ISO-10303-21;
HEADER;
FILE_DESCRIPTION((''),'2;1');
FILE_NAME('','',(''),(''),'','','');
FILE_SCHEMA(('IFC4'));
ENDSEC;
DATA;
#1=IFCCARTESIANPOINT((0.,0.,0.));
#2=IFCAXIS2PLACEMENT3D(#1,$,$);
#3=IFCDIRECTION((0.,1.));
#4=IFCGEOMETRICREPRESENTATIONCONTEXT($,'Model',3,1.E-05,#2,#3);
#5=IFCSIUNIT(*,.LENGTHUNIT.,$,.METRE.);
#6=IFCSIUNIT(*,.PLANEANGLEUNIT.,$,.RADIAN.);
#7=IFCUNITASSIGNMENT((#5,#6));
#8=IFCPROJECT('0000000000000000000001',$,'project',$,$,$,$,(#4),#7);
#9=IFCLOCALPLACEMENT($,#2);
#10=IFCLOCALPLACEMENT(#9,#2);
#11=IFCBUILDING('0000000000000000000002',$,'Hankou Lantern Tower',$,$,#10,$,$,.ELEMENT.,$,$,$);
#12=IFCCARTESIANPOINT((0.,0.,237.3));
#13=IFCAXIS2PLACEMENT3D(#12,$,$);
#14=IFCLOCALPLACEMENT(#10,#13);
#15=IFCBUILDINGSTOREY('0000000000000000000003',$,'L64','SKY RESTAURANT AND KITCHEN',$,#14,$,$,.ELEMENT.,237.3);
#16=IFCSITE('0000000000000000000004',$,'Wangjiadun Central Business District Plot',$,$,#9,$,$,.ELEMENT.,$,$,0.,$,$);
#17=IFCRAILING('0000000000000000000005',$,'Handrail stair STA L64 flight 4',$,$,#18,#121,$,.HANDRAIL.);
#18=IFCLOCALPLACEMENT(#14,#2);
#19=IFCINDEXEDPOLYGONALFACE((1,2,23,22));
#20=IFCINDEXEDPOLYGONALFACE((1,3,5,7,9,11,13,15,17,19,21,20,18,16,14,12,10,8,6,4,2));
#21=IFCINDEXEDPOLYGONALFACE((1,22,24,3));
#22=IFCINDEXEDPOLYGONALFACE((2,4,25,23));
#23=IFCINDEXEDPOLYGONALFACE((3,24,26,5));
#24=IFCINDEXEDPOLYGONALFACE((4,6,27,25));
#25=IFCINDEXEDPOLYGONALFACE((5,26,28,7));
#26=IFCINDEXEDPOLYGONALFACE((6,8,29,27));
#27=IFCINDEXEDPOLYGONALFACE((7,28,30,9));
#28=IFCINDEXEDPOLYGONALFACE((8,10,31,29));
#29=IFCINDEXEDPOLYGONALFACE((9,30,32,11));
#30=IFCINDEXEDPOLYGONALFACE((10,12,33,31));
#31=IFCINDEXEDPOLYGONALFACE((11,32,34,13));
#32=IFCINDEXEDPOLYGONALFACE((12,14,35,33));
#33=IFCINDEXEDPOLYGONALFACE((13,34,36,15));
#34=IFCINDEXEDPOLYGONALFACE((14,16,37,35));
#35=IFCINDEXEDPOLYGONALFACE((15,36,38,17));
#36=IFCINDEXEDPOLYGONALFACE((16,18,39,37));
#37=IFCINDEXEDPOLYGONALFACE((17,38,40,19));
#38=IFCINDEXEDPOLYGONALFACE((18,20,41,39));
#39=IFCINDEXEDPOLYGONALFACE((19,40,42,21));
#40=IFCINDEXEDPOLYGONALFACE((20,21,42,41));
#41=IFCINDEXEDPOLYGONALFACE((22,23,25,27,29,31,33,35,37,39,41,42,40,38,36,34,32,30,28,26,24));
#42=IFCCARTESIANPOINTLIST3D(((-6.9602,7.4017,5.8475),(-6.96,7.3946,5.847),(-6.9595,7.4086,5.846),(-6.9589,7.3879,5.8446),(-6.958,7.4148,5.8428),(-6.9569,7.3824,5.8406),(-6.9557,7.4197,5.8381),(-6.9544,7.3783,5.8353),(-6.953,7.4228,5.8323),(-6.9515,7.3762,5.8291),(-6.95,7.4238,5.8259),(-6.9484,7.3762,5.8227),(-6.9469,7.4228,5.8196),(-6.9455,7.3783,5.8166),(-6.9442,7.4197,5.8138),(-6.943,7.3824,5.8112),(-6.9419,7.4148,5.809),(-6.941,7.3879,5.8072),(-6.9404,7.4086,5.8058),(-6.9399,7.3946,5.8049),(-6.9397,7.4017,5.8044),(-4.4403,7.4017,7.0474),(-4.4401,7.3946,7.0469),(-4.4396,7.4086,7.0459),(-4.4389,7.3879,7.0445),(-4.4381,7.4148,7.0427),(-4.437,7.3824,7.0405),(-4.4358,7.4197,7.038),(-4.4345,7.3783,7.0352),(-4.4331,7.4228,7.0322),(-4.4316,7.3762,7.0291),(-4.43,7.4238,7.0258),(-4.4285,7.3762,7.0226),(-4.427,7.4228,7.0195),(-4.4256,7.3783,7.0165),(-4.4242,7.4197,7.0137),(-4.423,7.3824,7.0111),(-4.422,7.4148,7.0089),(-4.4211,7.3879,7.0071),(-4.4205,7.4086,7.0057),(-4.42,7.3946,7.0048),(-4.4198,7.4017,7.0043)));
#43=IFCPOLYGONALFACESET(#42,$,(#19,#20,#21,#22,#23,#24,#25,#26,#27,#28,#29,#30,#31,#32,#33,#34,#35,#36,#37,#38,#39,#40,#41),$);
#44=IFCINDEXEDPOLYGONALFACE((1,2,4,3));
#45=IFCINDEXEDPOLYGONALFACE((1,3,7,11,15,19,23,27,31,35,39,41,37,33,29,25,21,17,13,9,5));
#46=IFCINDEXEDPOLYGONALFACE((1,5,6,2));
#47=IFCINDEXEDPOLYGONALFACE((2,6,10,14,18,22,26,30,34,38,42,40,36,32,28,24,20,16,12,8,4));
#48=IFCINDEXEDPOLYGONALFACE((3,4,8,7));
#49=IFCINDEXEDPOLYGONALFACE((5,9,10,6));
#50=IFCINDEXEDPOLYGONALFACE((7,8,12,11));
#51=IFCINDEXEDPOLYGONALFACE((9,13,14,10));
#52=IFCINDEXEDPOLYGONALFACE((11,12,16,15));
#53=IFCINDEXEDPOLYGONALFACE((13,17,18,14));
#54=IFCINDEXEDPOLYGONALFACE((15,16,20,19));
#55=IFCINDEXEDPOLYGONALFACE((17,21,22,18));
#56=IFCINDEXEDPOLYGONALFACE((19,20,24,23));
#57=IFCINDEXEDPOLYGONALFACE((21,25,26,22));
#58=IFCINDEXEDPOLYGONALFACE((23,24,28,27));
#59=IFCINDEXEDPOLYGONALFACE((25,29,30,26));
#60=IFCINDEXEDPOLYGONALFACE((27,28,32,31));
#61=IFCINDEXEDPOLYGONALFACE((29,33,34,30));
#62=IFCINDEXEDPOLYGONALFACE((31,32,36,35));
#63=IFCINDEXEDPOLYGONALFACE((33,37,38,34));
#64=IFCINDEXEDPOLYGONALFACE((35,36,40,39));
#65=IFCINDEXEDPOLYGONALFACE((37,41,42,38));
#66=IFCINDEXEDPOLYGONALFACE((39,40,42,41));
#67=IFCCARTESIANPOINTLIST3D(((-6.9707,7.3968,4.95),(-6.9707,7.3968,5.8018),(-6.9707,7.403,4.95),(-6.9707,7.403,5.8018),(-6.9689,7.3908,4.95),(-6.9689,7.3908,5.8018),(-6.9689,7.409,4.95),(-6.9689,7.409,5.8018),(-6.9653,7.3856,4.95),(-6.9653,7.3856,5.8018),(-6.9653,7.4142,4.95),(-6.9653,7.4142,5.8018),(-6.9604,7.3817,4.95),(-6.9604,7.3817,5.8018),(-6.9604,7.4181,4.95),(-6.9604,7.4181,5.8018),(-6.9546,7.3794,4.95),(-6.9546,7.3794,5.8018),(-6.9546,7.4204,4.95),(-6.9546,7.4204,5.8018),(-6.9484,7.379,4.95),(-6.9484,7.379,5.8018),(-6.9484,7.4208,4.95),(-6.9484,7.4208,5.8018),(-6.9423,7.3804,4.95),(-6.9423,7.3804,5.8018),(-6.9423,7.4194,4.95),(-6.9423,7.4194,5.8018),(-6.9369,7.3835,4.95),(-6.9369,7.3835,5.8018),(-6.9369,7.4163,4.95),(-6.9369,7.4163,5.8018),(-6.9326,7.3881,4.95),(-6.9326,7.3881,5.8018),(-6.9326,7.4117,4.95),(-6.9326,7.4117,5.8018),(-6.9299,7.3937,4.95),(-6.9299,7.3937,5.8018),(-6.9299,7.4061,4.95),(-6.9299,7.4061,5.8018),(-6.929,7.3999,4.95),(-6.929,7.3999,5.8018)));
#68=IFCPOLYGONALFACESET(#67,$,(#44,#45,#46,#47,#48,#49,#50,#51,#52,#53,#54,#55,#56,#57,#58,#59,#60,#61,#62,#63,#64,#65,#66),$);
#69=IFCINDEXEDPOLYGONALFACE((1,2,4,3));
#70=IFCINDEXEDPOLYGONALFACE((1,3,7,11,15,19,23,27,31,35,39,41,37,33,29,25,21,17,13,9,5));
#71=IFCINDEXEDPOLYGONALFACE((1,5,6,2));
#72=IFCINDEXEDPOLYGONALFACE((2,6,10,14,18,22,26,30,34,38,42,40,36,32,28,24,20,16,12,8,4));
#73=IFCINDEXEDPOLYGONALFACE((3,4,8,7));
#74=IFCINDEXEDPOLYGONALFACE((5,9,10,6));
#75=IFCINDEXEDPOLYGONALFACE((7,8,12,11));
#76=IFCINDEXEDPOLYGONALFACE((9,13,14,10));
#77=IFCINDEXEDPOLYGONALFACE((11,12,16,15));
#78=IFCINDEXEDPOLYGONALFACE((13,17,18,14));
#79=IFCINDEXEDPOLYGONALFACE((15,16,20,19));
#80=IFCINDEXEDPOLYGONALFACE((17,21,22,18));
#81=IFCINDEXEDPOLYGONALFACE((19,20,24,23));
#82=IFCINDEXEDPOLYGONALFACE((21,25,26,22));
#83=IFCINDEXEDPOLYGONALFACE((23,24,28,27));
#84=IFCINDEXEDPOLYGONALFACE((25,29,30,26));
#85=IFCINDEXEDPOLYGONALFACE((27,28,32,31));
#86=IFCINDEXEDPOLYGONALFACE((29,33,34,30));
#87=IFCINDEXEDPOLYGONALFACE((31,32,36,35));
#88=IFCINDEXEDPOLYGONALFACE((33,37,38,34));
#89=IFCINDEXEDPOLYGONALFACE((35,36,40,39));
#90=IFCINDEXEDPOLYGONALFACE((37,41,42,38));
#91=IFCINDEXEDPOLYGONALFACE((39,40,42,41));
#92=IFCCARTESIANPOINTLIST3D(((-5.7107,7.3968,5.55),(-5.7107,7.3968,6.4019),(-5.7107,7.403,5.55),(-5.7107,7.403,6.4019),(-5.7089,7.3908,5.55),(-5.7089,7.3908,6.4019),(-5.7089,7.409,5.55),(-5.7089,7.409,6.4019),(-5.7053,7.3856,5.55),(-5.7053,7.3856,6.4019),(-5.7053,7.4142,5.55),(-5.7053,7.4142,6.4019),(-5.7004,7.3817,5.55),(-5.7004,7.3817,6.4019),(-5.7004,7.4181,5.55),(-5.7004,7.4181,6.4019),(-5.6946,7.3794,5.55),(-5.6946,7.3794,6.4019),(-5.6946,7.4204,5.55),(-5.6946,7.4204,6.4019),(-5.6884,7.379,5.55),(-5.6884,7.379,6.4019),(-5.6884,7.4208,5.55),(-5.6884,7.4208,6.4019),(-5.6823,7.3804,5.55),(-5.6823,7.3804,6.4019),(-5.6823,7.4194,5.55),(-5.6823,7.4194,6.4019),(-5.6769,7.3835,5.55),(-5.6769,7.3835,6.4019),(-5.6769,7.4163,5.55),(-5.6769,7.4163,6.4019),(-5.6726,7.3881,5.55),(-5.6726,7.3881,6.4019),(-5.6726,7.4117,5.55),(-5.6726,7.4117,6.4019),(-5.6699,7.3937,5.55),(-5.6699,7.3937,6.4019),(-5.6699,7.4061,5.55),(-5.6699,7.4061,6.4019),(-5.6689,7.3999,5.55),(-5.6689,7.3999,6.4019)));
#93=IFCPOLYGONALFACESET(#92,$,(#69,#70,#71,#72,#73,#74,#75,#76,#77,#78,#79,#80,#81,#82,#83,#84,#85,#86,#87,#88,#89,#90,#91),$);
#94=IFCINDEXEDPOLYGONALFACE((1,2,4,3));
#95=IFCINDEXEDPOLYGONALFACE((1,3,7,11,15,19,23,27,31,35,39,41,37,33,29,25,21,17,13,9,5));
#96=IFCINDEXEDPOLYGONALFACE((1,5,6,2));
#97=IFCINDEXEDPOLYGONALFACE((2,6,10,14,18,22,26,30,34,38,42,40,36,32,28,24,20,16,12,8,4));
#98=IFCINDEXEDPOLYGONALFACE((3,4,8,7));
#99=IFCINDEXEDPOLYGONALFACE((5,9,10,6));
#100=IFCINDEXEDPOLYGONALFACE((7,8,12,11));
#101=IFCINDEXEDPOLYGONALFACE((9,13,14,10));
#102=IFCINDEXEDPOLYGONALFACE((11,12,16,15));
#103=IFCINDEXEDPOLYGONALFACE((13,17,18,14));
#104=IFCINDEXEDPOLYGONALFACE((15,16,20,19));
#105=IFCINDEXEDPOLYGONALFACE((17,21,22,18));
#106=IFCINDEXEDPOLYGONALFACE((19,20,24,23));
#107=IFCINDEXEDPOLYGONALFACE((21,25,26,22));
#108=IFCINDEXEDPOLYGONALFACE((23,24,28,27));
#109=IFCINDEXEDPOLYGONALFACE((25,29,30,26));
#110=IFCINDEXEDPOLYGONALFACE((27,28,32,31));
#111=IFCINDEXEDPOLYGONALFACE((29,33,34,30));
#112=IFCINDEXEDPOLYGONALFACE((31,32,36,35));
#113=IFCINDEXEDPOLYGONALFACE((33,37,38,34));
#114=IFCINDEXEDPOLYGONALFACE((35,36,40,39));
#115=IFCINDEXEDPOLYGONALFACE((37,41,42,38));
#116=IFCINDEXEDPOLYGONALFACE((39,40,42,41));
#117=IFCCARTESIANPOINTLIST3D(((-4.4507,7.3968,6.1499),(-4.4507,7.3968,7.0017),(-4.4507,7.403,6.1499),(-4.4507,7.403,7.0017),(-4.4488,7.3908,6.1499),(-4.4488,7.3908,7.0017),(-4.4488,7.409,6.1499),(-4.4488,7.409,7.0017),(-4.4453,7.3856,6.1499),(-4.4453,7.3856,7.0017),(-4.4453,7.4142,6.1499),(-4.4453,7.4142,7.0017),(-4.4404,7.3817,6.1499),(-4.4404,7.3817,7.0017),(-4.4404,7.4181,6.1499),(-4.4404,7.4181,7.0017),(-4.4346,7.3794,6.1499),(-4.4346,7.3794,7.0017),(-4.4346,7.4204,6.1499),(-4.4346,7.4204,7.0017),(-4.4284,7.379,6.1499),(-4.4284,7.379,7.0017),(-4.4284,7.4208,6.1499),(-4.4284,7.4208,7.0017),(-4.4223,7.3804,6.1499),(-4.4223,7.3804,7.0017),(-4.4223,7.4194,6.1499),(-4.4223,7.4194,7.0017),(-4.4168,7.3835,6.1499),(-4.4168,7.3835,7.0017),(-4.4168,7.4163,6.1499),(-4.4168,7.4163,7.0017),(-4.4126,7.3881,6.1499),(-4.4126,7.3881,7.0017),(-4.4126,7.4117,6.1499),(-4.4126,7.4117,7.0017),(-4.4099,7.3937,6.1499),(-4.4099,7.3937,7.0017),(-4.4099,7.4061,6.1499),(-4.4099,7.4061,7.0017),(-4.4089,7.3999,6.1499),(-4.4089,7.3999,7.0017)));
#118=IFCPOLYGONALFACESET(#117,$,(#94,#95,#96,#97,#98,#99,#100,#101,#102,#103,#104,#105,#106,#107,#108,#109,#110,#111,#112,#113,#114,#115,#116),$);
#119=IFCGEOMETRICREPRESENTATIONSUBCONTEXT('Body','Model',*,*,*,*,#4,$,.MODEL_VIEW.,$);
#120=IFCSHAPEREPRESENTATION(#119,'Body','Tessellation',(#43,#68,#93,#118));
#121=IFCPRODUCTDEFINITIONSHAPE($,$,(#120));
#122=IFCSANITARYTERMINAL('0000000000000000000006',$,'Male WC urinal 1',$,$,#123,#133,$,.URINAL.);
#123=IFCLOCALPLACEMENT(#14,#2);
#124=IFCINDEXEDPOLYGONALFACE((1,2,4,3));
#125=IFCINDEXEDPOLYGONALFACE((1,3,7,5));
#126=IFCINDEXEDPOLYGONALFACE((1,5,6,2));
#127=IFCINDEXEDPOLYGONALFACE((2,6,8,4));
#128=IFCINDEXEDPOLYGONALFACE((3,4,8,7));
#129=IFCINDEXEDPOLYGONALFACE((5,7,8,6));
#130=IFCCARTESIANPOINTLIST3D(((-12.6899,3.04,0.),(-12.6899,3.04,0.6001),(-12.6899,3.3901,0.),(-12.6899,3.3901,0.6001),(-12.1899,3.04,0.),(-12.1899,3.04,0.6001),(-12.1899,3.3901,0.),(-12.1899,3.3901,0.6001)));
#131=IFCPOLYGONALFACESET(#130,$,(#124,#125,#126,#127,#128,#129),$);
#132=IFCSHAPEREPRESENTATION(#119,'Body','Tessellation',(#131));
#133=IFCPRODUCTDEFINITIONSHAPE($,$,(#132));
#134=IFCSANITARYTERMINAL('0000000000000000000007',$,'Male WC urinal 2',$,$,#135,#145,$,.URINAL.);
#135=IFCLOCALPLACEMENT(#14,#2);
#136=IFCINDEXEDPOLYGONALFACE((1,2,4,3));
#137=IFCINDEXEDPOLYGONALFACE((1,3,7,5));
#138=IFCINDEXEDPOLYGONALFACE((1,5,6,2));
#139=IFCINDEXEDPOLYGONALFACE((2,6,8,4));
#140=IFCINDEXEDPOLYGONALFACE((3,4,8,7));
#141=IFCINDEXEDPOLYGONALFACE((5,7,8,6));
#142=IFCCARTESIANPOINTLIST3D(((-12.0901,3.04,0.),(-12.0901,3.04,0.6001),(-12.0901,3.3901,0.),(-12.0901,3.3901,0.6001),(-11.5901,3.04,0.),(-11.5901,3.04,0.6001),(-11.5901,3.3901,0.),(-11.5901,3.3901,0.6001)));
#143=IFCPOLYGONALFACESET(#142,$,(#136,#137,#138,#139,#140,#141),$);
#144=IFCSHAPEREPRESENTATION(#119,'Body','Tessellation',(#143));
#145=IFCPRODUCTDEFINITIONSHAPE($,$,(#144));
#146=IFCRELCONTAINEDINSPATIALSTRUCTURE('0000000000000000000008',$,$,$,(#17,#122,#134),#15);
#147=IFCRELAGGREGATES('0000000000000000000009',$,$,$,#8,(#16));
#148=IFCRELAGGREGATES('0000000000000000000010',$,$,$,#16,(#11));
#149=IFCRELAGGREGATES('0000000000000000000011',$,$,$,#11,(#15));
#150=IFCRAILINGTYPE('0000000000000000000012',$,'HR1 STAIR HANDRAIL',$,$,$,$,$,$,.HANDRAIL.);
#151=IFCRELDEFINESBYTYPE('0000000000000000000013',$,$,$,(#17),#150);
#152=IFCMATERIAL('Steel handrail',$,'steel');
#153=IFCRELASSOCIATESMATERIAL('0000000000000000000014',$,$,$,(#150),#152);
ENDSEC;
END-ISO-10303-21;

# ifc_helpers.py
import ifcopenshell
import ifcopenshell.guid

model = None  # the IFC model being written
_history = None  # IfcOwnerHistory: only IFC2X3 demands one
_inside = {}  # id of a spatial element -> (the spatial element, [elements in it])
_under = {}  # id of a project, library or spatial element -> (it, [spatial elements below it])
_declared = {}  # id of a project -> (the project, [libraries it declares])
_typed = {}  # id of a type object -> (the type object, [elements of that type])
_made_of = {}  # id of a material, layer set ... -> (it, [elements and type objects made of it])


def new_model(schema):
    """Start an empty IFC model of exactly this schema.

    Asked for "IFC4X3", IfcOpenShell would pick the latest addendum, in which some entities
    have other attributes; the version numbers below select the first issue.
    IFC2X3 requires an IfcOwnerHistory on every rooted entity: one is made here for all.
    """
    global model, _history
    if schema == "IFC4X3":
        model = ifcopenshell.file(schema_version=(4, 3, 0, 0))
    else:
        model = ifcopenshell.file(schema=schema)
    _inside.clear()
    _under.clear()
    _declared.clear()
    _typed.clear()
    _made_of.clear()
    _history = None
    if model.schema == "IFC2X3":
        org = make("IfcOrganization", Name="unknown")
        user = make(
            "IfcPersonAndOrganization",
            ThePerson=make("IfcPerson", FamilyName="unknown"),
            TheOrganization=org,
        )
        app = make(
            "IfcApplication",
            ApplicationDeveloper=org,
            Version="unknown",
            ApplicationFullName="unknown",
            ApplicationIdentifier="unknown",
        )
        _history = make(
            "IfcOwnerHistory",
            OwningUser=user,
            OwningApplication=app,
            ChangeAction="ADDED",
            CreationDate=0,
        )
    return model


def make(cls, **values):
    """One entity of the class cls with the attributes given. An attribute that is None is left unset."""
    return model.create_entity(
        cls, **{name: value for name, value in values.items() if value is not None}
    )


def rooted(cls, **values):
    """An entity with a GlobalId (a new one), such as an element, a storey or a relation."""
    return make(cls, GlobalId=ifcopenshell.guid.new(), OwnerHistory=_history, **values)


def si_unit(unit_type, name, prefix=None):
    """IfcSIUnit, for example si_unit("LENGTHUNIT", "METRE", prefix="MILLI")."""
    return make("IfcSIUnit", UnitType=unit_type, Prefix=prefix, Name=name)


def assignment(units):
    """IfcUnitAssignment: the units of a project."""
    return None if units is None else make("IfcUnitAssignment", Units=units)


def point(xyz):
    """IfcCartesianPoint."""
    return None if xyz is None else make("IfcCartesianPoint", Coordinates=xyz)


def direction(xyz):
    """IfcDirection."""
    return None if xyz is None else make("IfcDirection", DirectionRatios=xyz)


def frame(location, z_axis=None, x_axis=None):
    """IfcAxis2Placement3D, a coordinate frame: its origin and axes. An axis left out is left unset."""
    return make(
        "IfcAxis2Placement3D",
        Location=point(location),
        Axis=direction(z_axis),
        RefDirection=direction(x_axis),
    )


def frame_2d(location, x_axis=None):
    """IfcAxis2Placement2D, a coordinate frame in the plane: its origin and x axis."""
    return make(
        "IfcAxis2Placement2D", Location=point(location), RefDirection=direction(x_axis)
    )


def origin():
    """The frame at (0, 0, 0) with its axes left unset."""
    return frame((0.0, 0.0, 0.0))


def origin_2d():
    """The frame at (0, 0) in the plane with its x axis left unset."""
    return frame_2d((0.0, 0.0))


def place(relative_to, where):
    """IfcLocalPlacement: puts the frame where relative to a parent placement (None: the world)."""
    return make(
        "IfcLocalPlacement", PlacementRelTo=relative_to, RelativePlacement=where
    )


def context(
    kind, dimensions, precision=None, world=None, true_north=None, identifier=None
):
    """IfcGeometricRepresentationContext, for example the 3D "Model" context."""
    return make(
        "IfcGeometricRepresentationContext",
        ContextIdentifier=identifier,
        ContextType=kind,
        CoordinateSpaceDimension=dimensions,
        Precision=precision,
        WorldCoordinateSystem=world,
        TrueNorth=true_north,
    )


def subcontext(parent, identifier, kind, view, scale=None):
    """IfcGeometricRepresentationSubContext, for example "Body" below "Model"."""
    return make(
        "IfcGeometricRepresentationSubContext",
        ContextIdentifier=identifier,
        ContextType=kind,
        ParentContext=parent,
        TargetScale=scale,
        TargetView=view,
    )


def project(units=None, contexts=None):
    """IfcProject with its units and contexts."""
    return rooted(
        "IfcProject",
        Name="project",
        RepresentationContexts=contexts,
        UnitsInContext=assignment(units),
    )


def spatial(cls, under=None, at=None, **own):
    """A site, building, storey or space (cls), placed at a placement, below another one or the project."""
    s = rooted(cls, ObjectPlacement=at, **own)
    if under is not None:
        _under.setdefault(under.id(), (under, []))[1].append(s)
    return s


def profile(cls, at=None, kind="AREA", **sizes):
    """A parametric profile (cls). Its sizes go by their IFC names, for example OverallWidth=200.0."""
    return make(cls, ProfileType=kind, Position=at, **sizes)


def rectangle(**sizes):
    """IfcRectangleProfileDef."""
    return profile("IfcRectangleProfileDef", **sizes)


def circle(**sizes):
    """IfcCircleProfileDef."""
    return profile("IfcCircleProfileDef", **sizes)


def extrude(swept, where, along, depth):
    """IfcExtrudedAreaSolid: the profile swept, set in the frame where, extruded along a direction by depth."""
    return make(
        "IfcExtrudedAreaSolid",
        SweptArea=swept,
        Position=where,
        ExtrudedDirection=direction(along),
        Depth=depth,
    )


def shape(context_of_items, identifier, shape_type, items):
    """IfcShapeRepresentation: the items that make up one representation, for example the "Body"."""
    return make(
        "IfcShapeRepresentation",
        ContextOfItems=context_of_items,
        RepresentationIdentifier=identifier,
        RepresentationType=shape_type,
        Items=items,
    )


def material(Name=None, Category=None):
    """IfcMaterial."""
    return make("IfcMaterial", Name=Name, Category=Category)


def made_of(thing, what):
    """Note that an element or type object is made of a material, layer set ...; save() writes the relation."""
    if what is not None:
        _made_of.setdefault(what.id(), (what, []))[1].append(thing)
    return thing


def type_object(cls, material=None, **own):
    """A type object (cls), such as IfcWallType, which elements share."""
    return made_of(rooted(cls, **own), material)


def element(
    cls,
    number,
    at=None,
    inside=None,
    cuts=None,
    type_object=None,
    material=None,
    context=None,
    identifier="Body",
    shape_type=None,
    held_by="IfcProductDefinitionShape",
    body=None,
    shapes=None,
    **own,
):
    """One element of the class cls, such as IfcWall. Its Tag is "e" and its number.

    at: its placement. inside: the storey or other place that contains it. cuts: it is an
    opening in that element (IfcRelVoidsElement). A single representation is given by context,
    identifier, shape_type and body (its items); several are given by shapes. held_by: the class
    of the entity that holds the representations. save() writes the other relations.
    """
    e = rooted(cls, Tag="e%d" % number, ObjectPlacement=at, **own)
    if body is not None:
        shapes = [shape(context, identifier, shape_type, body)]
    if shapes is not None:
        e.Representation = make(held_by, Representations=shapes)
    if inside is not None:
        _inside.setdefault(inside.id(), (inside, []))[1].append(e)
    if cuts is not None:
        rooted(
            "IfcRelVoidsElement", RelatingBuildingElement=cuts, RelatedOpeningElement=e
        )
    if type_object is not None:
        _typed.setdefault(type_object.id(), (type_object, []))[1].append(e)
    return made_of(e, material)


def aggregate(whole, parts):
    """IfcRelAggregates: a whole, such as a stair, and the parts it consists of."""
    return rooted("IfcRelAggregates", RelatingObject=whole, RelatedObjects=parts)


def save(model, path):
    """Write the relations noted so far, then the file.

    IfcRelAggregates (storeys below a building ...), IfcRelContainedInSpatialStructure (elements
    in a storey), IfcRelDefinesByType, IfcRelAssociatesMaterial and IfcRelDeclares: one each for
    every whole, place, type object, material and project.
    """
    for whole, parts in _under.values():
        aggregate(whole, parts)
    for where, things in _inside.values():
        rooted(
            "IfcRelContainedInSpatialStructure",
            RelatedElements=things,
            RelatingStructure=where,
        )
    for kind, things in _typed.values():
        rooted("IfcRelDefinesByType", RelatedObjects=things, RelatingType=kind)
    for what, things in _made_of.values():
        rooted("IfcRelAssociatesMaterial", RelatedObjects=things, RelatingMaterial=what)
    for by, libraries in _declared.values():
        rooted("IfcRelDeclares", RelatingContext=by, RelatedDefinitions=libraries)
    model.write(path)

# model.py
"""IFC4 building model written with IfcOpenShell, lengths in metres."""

from ifc_helpers import new_model, si_unit, direction, frame, origin, origin_2d, place, context, subcontext, project, spatial, rectangle, circle, extrude, material, type_object, element, save


model = new_model("IFC4")

# Units and contexts
model_context = context("Model", 3, precision=1e-05, world=origin(), true_north=direction((0.0, 1.0)))
body_context = subcontext(model_context, "Body", "Model", "MODEL_VIEW")
ifc_project = project(units=[si_unit("LENGTHUNIT", "METRE"), si_unit("PLANEANGLEUNIT", "RADIAN")], contexts=[model_context])

# Site, building, storey
site_placement = place(None, origin())
site = spatial("IfcSite", under=ifc_project, at=site_placement, Name="Wangjiadun Central Business District Plot", CompositionType="ELEMENT", RefElevation=0.0)
building_placement = place(site_placement, origin())
building = spatial("IfcBuilding", under=site, at=building_placement, Name="Hankou Lantern Tower", CompositionType="ELEMENT")
storey_placement = place(building_placement, frame((0.0, 0.0, 237.3)))
storey = spatial("IfcBuildingStorey", under=building, at=storey_placement, Name="L64", Description="SKY RESTAURANT AND KITCHEN", CompositionType="ELEMENT", Elevation=237.3)

# Railing
ifc_material_1 = material(Name="Steel handrail", Category="steel")
railing_type = type_object("IfcRailingType", Name="HR1 STAIR HANDRAIL", PredefinedType="HANDRAIL", material=ifc_material_1)
railing_1_placement = place(storey_placement, frame((-6.95, 7.3999, 4.95)))
element("IfcRailing", 1, at=railing_1_placement, inside=storey, type_object=railing_type, Name="Handrail stair STA L64 flight 4", PredefinedType="HANDRAIL", context=body_context, shape_type="SweptSolid", body=[
    extrude(circle(Radius=0.0239, at=origin_2d()), frame((0.0, 0.0, 0.876), z_axis=(0.902869, 0.0, 0.429917), x_axis=(0.0, 1.0, 0.0)), (0.0, 0.0, 1.0), 2.791),
    extrude(circle(Radius=0.021, at=origin_2d()), origin(), (0.0, 0.0, 1.0), 0.8518),
    extrude(circle(Radius=0.021, at=origin_2d()), frame((1.26, 0.0, 0.6001)), (0.0, 0.0, 1.0), 0.8518),
    extrude(circle(Radius=0.021, at=origin_2d()), frame((2.52, 0.0, 1.2)), (0.0, 0.0, 1.0), 0.8518),
])

# Sanitary terminals
for number, where, z_axis, x_axis, name in (
    (2, (-12.4399, 3.2151, 0.0), (0.0, 0.0, 1.0), (1.0, 0.0, 0.0), "Male WC urinal 1"),
    (3, (-11.8401, 3.2151, 0.0), (0.0, 0.0, 1.0), (1.0, 0.0, 0.0), "Male WC urinal 2"),
):
    element("IfcSanitaryTerminal", number, at=place(storey_placement, frame(where, z_axis=z_axis, x_axis=x_axis)), inside=storey, Name=name, PredefinedType="URINAL", context=body_context, shape_type="SweptSolid", body=[
        extrude(rectangle(XDim=0.5, YDim=0.3501, at=origin_2d()), origin(), (0.0, 0.0, 1.0), 0.6001),
    ])

save(model, "model.ifc")
